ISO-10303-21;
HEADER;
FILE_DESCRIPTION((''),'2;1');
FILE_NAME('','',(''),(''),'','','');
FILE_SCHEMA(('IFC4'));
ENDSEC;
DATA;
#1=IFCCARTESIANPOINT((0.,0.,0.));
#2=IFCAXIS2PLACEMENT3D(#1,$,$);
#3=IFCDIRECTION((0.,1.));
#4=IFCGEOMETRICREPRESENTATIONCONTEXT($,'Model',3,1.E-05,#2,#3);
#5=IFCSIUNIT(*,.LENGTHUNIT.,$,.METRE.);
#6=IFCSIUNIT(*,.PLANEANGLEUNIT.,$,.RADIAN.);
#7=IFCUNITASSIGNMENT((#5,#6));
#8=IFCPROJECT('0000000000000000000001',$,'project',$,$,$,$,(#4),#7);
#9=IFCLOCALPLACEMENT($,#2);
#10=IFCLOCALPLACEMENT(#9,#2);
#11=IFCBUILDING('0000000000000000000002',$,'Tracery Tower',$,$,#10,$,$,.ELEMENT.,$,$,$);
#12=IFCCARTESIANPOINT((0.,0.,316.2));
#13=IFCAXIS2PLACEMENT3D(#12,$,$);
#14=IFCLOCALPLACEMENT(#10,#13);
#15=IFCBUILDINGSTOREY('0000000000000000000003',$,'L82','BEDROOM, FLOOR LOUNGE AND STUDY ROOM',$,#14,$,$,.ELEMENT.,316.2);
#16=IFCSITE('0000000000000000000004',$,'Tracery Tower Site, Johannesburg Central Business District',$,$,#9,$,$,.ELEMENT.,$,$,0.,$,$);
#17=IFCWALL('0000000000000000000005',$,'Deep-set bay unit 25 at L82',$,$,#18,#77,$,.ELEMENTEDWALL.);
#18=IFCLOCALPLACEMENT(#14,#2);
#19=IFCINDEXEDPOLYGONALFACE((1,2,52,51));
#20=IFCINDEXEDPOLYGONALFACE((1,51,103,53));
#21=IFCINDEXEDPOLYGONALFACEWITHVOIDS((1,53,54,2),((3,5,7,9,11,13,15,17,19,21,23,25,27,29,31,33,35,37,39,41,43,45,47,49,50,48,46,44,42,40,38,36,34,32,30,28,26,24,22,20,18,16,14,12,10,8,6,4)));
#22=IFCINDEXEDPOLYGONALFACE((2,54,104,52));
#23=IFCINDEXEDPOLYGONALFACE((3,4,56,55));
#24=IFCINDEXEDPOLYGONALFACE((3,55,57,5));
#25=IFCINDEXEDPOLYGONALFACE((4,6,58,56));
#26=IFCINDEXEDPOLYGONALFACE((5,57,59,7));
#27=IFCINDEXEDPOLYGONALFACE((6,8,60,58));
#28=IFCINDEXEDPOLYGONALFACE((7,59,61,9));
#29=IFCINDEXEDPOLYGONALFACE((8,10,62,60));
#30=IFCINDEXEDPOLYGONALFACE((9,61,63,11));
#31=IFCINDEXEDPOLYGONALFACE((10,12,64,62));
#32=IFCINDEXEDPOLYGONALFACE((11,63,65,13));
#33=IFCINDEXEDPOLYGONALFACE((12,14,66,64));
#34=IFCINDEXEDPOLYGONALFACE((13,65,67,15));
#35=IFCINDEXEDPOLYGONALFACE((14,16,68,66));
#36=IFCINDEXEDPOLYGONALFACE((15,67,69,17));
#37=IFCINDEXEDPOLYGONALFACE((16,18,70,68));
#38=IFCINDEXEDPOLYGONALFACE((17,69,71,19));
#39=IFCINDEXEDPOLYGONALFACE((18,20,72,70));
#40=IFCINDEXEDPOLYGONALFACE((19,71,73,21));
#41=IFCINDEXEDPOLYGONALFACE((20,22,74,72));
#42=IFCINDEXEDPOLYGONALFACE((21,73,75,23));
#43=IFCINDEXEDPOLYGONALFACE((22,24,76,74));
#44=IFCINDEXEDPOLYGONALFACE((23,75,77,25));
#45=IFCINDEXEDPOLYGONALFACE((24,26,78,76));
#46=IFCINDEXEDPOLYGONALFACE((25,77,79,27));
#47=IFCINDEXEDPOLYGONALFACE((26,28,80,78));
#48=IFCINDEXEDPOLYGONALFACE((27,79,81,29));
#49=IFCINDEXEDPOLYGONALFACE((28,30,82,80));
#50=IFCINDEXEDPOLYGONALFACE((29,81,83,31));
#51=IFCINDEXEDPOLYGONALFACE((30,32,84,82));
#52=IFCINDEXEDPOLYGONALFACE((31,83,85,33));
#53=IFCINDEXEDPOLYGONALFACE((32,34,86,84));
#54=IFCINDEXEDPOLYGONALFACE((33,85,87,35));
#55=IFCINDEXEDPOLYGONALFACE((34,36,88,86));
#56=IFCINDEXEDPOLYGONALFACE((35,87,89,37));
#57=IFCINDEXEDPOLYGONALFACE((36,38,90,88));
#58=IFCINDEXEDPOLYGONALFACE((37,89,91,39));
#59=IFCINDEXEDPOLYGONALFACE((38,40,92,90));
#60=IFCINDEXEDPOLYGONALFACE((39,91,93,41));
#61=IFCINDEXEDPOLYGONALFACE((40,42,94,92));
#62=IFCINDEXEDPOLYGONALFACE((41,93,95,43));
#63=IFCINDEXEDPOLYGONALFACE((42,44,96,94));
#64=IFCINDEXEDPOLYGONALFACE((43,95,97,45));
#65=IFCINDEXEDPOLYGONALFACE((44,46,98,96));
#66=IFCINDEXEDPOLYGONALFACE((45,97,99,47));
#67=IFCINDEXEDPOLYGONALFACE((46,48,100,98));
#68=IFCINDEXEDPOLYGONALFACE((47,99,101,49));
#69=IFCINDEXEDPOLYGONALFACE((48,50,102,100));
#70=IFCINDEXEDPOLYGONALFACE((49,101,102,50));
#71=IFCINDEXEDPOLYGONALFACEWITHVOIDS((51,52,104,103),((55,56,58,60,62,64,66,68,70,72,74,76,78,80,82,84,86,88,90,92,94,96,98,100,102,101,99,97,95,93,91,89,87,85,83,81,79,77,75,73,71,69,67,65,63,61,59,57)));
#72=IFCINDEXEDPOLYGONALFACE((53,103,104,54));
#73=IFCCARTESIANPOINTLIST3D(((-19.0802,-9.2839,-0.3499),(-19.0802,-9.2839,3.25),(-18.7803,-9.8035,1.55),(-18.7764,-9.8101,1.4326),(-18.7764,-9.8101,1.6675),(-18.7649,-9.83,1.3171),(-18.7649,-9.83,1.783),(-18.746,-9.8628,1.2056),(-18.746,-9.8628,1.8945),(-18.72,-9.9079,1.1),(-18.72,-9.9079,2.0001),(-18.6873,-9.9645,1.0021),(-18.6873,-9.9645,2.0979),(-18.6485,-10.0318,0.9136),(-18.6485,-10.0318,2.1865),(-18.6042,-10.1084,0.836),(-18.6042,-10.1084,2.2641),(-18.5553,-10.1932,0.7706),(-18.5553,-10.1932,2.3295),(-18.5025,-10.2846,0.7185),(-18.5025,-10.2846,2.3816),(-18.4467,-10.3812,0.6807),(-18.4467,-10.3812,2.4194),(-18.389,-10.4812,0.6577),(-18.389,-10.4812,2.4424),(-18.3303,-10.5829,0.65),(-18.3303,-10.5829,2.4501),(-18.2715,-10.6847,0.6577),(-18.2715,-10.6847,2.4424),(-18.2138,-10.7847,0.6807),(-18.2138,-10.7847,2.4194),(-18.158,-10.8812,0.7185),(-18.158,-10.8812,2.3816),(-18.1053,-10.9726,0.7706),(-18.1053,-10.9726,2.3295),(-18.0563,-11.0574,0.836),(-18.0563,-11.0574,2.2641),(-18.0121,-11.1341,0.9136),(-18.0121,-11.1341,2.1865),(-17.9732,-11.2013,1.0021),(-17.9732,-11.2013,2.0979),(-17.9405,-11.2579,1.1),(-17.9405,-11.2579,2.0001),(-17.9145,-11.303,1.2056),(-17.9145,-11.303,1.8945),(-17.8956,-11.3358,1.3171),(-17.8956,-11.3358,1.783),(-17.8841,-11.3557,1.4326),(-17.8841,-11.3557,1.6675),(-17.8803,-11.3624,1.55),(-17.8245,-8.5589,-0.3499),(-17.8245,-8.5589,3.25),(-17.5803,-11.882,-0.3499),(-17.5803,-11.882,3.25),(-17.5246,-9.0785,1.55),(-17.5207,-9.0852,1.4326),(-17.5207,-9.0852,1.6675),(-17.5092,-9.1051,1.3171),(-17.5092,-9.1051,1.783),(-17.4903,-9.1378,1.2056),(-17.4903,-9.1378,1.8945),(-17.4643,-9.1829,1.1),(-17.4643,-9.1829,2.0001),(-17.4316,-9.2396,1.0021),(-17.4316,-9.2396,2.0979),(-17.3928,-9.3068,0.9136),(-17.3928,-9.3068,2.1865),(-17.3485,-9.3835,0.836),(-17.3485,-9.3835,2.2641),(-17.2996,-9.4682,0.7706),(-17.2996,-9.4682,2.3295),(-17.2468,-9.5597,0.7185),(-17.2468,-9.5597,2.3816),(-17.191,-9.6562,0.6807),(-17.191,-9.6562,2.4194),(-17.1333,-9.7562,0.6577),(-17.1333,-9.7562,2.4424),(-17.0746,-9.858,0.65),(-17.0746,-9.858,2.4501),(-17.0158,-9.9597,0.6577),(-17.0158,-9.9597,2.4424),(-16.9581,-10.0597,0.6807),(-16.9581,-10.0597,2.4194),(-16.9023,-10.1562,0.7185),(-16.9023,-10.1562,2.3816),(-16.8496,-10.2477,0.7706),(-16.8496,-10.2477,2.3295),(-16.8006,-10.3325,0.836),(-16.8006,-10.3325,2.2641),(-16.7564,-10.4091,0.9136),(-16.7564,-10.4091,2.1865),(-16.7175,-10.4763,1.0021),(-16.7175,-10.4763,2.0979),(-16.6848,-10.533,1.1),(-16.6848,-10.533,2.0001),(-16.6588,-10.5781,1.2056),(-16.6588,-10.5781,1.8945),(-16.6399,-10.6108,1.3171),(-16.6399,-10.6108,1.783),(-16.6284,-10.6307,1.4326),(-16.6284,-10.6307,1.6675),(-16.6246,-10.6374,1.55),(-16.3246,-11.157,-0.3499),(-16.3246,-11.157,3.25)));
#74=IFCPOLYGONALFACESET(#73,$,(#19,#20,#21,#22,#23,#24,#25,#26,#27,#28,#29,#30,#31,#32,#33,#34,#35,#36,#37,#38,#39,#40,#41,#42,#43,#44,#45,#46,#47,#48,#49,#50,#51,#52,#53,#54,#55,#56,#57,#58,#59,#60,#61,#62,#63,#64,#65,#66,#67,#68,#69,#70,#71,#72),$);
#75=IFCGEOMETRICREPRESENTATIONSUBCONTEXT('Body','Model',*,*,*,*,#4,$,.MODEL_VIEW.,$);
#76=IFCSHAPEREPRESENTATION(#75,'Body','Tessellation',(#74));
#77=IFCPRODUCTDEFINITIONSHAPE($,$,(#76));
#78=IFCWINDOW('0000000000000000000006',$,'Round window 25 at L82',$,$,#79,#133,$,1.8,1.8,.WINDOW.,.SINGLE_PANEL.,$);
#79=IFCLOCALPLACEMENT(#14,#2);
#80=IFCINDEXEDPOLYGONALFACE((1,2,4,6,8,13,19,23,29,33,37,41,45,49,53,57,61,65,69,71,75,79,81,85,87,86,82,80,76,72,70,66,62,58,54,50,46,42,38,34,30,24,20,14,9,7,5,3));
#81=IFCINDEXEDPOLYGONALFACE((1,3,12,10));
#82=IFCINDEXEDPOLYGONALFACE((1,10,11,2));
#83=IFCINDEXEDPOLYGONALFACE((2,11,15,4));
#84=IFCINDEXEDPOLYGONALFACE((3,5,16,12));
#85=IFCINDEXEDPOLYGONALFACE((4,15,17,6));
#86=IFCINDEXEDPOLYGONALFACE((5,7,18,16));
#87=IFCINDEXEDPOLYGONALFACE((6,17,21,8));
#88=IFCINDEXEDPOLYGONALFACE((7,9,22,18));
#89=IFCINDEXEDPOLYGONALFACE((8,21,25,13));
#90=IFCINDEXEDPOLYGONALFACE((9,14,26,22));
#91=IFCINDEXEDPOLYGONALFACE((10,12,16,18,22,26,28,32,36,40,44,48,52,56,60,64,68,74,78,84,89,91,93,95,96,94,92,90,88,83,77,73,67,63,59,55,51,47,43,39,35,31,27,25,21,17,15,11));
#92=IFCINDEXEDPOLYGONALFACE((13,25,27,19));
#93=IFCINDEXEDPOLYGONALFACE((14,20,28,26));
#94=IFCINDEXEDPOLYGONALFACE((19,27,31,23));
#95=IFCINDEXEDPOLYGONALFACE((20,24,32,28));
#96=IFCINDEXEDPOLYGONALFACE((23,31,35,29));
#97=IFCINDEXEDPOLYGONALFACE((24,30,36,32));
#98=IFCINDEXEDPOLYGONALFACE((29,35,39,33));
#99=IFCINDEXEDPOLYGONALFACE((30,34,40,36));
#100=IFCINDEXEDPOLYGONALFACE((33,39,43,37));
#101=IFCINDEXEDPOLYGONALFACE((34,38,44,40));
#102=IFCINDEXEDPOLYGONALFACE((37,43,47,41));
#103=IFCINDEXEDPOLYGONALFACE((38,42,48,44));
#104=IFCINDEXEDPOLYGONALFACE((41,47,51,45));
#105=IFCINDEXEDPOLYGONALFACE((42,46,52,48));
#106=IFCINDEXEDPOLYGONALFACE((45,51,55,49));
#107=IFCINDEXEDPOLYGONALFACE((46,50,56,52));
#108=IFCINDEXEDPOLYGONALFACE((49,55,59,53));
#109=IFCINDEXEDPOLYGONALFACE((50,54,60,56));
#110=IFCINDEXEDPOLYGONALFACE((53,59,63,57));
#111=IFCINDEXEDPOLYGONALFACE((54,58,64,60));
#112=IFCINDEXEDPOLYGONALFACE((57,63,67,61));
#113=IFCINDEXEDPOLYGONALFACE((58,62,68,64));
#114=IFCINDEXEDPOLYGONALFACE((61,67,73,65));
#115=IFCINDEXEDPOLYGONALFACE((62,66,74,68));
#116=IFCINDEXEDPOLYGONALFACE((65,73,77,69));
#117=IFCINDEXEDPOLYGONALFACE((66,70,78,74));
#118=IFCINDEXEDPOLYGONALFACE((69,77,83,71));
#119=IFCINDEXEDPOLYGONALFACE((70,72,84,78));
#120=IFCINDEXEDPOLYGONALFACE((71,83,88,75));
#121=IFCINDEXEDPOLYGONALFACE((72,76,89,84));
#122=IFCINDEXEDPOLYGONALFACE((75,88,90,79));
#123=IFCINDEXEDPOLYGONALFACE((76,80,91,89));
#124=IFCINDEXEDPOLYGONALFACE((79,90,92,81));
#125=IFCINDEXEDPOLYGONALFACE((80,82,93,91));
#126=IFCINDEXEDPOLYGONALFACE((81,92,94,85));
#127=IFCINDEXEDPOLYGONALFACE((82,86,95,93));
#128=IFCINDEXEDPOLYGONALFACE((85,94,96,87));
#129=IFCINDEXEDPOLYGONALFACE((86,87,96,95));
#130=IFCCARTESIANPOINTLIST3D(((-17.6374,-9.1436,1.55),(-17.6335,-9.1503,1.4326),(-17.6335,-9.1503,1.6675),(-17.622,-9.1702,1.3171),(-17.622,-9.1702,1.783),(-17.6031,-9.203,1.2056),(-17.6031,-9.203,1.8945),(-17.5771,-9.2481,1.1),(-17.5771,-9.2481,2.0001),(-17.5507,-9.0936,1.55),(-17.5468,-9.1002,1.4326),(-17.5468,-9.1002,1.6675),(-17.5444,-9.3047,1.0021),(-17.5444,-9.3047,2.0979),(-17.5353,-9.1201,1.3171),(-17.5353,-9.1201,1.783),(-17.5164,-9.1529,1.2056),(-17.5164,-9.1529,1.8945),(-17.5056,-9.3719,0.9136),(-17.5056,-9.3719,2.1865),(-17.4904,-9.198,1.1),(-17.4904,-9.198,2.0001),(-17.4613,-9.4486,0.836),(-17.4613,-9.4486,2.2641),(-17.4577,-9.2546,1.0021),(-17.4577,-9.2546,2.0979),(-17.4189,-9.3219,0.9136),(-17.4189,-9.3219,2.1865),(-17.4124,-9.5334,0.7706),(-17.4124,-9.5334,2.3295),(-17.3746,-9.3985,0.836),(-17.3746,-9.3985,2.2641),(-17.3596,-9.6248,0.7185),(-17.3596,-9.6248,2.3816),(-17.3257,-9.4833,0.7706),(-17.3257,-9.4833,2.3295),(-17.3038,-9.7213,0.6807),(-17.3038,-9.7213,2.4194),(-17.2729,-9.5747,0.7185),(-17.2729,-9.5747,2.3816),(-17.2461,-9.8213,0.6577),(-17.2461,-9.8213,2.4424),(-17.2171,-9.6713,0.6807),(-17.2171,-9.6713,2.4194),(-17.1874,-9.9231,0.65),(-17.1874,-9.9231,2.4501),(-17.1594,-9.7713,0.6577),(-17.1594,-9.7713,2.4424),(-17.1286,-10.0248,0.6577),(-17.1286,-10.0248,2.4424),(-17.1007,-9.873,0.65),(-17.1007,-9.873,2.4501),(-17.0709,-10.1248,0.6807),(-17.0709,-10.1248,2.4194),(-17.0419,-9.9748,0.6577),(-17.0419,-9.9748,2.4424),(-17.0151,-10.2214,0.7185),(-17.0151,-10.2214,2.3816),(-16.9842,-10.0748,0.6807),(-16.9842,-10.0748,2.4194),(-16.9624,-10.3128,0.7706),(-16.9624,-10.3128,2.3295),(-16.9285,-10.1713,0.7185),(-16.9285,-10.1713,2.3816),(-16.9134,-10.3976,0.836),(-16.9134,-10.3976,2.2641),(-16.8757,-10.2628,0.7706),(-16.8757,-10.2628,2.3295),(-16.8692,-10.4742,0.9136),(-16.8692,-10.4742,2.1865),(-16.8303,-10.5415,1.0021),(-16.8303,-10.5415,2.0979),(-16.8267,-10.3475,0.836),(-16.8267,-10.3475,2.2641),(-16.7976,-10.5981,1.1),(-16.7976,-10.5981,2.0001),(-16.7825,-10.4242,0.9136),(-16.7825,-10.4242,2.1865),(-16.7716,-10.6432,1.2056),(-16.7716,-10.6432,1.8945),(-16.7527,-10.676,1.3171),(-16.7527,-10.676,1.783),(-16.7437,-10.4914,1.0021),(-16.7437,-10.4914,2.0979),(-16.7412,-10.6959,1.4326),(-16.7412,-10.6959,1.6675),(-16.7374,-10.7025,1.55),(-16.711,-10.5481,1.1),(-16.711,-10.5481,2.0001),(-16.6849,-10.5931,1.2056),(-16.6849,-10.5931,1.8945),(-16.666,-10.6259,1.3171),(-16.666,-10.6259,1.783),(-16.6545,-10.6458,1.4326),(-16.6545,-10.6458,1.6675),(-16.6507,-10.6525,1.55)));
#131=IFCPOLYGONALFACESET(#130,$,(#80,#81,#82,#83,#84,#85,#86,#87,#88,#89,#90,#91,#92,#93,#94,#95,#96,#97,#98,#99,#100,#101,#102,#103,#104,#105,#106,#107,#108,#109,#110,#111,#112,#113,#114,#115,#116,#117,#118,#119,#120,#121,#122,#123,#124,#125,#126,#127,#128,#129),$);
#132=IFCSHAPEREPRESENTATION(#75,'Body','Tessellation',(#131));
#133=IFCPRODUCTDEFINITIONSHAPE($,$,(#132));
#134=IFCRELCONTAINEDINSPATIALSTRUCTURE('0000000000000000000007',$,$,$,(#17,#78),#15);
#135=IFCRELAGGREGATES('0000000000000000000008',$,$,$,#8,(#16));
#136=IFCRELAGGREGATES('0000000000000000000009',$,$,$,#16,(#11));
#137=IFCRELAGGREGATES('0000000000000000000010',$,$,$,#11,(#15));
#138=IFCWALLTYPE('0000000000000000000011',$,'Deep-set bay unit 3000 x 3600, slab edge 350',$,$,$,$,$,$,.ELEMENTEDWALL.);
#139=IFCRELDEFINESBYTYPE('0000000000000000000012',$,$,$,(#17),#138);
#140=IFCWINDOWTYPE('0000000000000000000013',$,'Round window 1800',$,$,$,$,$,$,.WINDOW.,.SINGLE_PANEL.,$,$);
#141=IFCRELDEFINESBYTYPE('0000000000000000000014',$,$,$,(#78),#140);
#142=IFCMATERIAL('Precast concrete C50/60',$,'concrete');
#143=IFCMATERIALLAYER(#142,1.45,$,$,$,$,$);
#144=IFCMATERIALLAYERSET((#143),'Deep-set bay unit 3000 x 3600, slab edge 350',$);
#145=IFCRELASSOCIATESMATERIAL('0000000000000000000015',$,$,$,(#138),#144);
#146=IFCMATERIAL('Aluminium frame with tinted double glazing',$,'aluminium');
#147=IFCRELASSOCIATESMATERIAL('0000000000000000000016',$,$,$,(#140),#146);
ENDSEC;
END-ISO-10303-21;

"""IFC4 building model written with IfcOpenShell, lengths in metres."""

from ifc_helpers import new_model, si_unit, direction, frame, frame_2d, origin, origin_2d, place, context, subcontext, project, spatial, rectangle, circle, extrude, material, layer, layer_set, type_object, element, fill, save


model = new_model("IFC4")

# Units and contexts
model_context = context("Model", 3, precision=1e-05, world=origin(), true_north=direction((0.0, 1.0)))
body_context = subcontext(model_context, "Body", "Model", "MODEL_VIEW")
ifc_project = project(units=[si_unit("LENGTHUNIT", "METRE"), si_unit("PLANEANGLEUNIT", "RADIAN")], contexts=[model_context])

# Site, building, storey
site_placement = place(None, origin())
site = spatial("IfcSite", under=ifc_project, at=site_placement, Name="Tracery Tower Site, Johannesburg Central Business District", CompositionType="ELEMENT", RefElevation=0.0)
building_placement = place(site_placement, origin())
building = spatial("IfcBuilding", under=site, at=building_placement, Name="Tracery Tower", CompositionType="ELEMENT")
storey_placement = place(building_placement, frame((0.0, 0.0, 316.2)))
storey = spatial("IfcBuildingStorey", under=building, at=storey_placement, Name="L82", Description="BEDROOM, FLOOR LOUNGE AND STUDY ROOM", CompositionType="ELEMENT", Elevation=316.2)

# Wall, opening, window
ifc_material_1 = material(Name="Precast concrete C50/60", Category="concrete")
ifc_layer_1 = layer(ifc_material_1, 1.45)
ifc_layer_set_1 = layer_set([ifc_layer_1], Name="Deep-set bay unit 3000 x 3600, slab edge 350")
wall_type_1 = type_object("IfcWallType", Name="Deep-set bay unit 3000 x 3600, slab edge 350", PredefinedType="ELEMENTEDWALL", material=ifc_layer_set_1)
wall_1_placement = place(storey_placement, frame((-18.4524, -8.9214, -0.3499), z_axis=(0.0, 0.0, 1.0), x_axis=(0.49999, -0.866031, 0.0)))
wall_1 = element("IfcWall", 1, at=wall_1_placement, inside=storey, type_object=wall_type_1, Name="Deep-set bay unit 25 at L82", PredefinedType="ELEMENTEDWALL", context=body_context, shape_type="SweptSolid", body=[
    extrude(rectangle(XDim=3.0, YDim=1.45, at=frame_2d((1.5, 0.0))), origin(), (0.0, 0.0, 1.0), 3.5999),
])
opening_1_placement = place(wall_1_placement, frame((1.5, 0.0, 1.8999)))
opening_1 = element("IfcOpeningElement", 2, at=opening_1_placement, cuts=wall_1, PredefinedType="OPENING", context=body_context, shape_type="SweptSolid", body=[
    extrude(circle(Radius=0.9, at=origin_2d()), frame((0.0, 0.7349, 0.0), z_axis=(0.0, -1.0, 0.0), x_axis=(1.0, 0.0, 0.0)), (0.0, 0.0, 1.0), 1.47),
])
ifc_material_2 = material(Name="Aluminium frame with tinted double glazing", Category="aluminium")
window_type = type_object("IfcWindowType", Name="Round window 1800", PartitioningType="SINGLE_PANEL", PredefinedType="WINDOW", material=ifc_material_2)
window_1_placement = place(opening_1_placement, origin())
window_1 = element("IfcWindow", 3, at=window_1_placement, inside=storey, type_object=window_type, Name="Round window 25 at L82", OverallHeight=1.8, OverallWidth=1.8, PartitioningType="SINGLE_PANEL", PredefinedType="WINDOW", context=body_context, shape_type="SweptSolid", body=[
    extrude(circle(Radius=0.9, at=origin_2d()), frame((0.0, 0.6948, 0.0), z_axis=(0.0, -1.0, 0.0), x_axis=(1.0, 0.0, 0.0)), (0.0, 0.0, 1.0), 0.1001),
])
fill(opening_1, window_1)

save(model, "model.ifc")
